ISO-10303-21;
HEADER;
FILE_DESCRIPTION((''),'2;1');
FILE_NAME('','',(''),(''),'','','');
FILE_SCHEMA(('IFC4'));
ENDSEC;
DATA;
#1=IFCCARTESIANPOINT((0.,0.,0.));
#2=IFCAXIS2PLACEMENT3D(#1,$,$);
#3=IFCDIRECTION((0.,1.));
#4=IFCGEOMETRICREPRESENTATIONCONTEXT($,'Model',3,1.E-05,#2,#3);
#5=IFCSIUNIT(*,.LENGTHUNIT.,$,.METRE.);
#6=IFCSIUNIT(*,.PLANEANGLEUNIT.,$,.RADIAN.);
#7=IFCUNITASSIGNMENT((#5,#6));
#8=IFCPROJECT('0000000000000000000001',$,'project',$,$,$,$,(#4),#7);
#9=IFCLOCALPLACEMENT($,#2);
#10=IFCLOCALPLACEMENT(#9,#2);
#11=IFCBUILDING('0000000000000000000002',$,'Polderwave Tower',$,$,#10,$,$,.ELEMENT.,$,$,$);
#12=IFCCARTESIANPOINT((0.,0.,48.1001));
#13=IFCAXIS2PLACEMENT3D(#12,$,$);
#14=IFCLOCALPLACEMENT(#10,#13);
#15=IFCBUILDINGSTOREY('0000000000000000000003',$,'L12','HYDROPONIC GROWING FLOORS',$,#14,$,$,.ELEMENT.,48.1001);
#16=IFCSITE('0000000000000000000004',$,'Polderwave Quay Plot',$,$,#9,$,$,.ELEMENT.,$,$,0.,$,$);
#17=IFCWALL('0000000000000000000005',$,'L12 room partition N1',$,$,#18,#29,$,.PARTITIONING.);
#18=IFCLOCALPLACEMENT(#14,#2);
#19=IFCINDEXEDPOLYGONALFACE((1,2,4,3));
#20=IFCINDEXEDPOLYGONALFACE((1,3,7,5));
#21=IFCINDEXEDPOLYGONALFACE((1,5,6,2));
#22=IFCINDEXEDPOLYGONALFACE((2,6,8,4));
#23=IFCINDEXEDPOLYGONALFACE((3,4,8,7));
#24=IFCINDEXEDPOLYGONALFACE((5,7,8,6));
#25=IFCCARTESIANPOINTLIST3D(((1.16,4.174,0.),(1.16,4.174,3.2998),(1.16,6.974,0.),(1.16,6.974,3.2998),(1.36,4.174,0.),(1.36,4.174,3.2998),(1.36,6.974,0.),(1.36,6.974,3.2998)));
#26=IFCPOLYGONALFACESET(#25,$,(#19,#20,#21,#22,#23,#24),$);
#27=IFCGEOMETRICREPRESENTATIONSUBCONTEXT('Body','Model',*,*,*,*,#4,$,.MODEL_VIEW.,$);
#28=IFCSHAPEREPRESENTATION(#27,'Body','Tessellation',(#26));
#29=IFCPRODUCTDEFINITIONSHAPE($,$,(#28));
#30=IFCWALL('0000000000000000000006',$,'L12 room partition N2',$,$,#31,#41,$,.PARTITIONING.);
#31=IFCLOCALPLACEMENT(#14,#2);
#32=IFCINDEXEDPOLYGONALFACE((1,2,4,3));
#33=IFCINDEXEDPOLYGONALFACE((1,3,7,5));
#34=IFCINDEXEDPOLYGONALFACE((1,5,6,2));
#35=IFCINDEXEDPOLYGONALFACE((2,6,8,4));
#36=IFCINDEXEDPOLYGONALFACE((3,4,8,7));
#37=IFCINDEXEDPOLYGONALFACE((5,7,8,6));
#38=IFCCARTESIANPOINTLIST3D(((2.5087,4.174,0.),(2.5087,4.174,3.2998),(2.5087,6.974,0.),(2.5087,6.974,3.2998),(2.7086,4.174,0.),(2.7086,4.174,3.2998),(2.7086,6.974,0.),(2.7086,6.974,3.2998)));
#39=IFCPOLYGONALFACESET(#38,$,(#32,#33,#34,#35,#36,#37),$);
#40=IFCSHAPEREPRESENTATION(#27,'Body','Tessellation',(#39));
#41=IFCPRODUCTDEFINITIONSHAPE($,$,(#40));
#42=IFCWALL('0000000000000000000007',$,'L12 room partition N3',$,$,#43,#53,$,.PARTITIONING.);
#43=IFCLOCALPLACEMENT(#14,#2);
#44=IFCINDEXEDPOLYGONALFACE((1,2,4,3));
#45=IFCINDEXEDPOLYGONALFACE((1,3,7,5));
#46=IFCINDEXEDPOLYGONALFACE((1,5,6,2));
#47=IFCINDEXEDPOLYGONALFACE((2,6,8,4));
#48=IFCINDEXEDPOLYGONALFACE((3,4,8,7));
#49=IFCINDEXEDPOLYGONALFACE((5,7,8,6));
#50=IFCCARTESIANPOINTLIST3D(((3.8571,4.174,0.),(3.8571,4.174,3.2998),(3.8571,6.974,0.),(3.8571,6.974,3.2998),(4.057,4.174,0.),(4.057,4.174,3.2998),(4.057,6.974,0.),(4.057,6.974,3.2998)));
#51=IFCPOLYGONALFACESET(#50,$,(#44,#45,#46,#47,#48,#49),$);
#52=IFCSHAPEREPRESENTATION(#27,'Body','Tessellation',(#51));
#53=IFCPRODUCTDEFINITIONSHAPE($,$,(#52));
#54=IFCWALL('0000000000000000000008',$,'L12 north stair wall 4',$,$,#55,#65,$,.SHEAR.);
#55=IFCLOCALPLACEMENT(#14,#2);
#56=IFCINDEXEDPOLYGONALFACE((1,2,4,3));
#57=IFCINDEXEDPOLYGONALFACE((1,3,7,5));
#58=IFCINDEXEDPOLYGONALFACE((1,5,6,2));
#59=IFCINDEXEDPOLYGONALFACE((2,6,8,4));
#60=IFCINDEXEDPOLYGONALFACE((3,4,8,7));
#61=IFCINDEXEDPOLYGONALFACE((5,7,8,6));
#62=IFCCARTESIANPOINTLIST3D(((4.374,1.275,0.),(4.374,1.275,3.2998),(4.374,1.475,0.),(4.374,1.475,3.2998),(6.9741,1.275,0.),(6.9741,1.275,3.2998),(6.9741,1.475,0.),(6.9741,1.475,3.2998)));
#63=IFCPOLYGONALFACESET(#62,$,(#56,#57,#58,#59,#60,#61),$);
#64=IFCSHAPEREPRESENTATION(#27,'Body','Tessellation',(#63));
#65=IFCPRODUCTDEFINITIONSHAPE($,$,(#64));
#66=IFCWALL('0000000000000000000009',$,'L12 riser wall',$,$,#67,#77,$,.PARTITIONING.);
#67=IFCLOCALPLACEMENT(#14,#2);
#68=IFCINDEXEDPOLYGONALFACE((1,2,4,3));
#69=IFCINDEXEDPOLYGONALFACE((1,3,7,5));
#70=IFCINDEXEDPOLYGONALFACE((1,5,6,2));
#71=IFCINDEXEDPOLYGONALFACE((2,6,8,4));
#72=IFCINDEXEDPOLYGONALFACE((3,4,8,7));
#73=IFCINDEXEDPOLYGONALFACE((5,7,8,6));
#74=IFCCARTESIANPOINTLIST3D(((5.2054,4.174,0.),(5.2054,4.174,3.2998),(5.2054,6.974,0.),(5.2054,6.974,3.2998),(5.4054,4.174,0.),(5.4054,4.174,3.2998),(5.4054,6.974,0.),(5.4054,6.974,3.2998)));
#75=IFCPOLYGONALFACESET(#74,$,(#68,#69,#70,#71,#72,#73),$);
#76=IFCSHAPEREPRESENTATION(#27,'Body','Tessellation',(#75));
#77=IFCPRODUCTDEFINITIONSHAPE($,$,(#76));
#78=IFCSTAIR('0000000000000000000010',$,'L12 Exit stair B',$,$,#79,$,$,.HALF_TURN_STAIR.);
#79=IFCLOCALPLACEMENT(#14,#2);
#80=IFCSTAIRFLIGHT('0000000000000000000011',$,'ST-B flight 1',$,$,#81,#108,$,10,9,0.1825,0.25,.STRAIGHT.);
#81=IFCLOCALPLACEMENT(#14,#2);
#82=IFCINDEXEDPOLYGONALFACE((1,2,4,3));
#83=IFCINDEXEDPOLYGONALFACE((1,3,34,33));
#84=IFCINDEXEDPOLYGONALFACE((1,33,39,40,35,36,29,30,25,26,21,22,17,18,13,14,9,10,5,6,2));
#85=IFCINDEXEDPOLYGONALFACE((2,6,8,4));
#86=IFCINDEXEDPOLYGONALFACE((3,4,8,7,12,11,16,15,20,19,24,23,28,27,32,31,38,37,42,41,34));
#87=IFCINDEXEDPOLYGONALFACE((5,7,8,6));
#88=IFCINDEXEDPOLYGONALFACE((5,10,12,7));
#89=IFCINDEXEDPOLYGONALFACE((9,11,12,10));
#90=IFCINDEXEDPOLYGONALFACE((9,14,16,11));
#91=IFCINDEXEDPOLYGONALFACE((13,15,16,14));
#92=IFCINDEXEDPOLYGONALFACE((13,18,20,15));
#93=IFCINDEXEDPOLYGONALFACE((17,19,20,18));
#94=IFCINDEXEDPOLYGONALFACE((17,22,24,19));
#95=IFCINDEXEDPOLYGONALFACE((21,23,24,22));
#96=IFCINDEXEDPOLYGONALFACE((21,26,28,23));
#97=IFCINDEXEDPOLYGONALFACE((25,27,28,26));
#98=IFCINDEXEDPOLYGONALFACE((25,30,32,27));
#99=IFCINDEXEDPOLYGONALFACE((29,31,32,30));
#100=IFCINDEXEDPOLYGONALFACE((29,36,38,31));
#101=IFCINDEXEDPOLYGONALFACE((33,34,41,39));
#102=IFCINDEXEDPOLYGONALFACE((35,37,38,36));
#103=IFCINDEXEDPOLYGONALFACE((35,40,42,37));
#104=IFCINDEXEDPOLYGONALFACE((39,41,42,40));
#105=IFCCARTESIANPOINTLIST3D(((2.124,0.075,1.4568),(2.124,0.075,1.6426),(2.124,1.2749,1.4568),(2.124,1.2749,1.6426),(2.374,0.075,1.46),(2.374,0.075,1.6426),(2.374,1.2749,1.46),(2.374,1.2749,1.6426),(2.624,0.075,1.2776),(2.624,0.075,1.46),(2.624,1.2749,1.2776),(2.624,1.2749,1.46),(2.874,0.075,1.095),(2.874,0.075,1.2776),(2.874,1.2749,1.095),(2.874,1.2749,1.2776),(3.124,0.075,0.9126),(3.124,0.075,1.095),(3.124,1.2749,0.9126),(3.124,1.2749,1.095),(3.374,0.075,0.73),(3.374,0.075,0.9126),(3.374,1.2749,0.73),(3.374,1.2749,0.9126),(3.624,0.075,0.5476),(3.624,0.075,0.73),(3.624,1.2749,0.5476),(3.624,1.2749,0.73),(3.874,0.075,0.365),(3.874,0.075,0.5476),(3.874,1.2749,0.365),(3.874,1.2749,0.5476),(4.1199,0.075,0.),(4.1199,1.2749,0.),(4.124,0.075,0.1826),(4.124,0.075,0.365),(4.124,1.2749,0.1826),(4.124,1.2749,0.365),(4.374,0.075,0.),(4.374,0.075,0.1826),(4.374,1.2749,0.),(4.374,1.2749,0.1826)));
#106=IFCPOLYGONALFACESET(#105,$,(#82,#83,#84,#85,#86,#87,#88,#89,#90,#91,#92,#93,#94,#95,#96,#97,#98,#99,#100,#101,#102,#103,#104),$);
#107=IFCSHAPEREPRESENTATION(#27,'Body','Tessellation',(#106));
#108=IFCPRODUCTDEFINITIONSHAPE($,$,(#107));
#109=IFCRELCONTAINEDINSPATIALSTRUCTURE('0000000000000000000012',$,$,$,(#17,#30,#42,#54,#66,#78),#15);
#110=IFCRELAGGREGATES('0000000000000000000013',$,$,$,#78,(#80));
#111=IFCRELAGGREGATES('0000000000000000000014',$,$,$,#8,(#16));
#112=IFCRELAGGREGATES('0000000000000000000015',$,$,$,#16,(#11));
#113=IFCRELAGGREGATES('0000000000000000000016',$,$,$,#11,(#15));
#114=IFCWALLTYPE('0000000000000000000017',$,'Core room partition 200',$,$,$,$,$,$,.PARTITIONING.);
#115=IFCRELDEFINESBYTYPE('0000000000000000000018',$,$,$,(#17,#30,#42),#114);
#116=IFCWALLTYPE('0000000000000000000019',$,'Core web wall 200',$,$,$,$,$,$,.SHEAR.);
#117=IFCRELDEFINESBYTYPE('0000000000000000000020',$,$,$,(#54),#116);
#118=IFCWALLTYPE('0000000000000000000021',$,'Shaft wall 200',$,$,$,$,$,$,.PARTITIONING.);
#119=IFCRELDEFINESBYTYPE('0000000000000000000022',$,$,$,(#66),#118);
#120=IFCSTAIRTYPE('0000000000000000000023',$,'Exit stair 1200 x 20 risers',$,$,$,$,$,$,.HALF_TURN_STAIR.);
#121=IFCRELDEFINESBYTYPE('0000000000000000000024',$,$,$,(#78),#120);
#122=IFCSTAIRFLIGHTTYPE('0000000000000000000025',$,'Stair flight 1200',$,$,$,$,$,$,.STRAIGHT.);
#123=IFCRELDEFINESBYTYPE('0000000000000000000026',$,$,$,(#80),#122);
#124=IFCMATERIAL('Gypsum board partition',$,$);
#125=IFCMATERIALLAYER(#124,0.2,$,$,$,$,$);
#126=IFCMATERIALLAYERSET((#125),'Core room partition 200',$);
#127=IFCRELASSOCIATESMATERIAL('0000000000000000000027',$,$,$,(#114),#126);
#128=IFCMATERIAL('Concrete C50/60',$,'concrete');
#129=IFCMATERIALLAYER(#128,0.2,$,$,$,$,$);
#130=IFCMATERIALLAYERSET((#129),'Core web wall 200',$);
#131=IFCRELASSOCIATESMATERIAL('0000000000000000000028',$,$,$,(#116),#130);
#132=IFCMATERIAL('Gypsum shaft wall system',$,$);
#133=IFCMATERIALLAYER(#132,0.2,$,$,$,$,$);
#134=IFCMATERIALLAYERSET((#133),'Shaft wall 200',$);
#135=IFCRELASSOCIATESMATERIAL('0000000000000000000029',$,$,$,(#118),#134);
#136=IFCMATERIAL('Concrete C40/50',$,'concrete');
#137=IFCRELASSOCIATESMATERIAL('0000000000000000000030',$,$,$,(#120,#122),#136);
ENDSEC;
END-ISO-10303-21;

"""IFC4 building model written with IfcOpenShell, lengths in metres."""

from ifc_helpers import new_model, si_unit, direction, frame, frame_2d, origin, place, context, subcontext, project, spatial, polyline, rectangle, outline, extrude, material, layer, layer_set, type_object, element, aggregate, save


model = new_model("IFC4")

# Units and contexts
model_context = context("Model", 3, precision=1e-05, world=origin(), true_north=direction((0.0, 1.0)))
body_context = subcontext(model_context, "Body", "Model", "MODEL_VIEW")
ifc_project = project(units=[si_unit("LENGTHUNIT", "METRE"), si_unit("PLANEANGLEUNIT", "RADIAN")], contexts=[model_context])

# Site, building, storey
site_placement = place(None, origin())
site = spatial("IfcSite", under=ifc_project, at=site_placement, Name="Polderwave Quay Plot", CompositionType="ELEMENT", RefElevation=0.0)
building_placement = place(site_placement, origin())
building = spatial("IfcBuilding", under=site, at=building_placement, Name="Polderwave Tower", CompositionType="ELEMENT")
storey_placement = place(building_placement, frame((0.0, 0.0, 48.1001)))
storey = spatial("IfcBuildingStorey", under=building, at=storey_placement, Name="L12", Description="HYDROPONIC GROWING FLOORS", CompositionType="ELEMENT", Elevation=48.1001)

# Walls
ifc_material_1 = material(Name="Gypsum board partition")
ifc_layer_1 = layer(ifc_material_1, 0.2)
ifc_layer_set_1 = layer_set([ifc_layer_1], Name="Core room partition 200")
wall_type_1 = type_object("IfcWallType", Name="Core room partition 200", PredefinedType="PARTITIONING", material=ifc_layer_set_1)
for number, where, z_axis, x_axis, name in (
    (1, (1.26, 4.1741, 0.0), (0.0, 0.0, 1.0), (0.0, 1.0, 0.0), "L12 room partition N1"),
    (2, (2.6086, 4.1741, 0.0), (0.0, 0.0, 1.0), (0.0, 1.0, 0.0), "L12 room partition N2"),
    (3, (3.957, 4.1741, 0.0), (0.0, 0.0, 1.0), (0.0, 1.0, 0.0), "L12 room partition N3"),
):
    element("IfcWall", number, at=place(storey_placement, frame(where, z_axis=z_axis, x_axis=x_axis)), inside=storey, type_object=wall_type_1, Name=name, PredefinedType="PARTITIONING", context=body_context, shape_type="SweptSolid", body=[
        extrude(rectangle(XDim=2.8, YDim=0.2, at=frame_2d((1.3999, 0.0))), origin(), (0.0, 0.0, 1.0), 3.2998),
    ])
ifc_material_2 = material(Name="Concrete C50/60", Category="concrete")
ifc_layer_2 = layer(ifc_material_2, 0.2)
ifc_layer_set_2 = layer_set([ifc_layer_2], Name="Core web wall 200")
wall_type_2 = type_object("IfcWallType", Name="Core web wall 200", PredefinedType="SHEAR", material=ifc_layer_set_2)
wall_1_placement = place(storey_placement, frame((4.374, 1.375, 0.0), z_axis=(0.0, 0.0, 1.0), x_axis=(1.0, 0.0, 0.0)))
element("IfcWall", 4, at=wall_1_placement, inside=storey, type_object=wall_type_2, Name="L12 north stair wall 4", PredefinedType="SHEAR", context=body_context, shape_type="SweptSolid", body=[
    extrude(rectangle(XDim=2.6001, YDim=0.2, at=frame_2d((1.3, 0.0))), origin(), (0.0, 0.0, 1.0), 3.2998),
])
ifc_material_3 = material(Name="Gypsum shaft wall system")
ifc_layer_3 = layer(ifc_material_3, 0.2)
ifc_layer_set_3 = layer_set([ifc_layer_3], Name="Shaft wall 200")
wall_type_3 = type_object("IfcWallType", Name="Shaft wall 200", PredefinedType="PARTITIONING", material=ifc_layer_set_3)
wall_2_placement = place(storey_placement, frame((5.3054, 4.1741, 0.0), z_axis=(0.0, 0.0, 1.0), x_axis=(0.0, 1.0, 0.0)))
element("IfcWall", 5, at=wall_2_placement, inside=storey, type_object=wall_type_3, Name="L12 riser wall", PredefinedType="PARTITIONING", context=body_context, shape_type="SweptSolid", body=[
    extrude(rectangle(XDim=2.8, YDim=0.2, at=frame_2d((1.3999, 0.0))), origin(), (0.0, 0.0, 1.0), 3.2998),
])

# Stair, stair flight
ifc_material_4 = material(Name="Concrete C40/50", Category="concrete")
stair_type = type_object("IfcStairType", Name="Exit stair 1200 x 20 risers", PredefinedType="HALF_TURN_STAIR", material=ifc_material_4)
stair_placement = place(storey_placement, origin())
stair = element("IfcStair", 6, at=stair_placement, inside=storey, type_object=stair_type, Name="L12 Exit stair B", PredefinedType="HALF_TURN_STAIR")
stair_flight_type = type_object("IfcStairFlightType", Name="Stair flight 1200", PredefinedType="STRAIGHT", material=ifc_material_4)
stair_flight_placement = place(storey_placement, frame((4.374, 0.675, 0.0), z_axis=(0.0, 0.0, 1.0), x_axis=(-1.0, 0.0, 0.0)))
stair_flight = element("IfcStairFlight", 7, at=stair_flight_placement, type_object=stair_flight_type, Name="ST-B flight 1", NumberOfRisers=10, NumberOfTreads=9, PredefinedType="STRAIGHT", RiserHeight=0.1825, TreadLength=0.25, context=body_context, shape_type="SweptSolid", body=[
    extrude(outline(polyline([(0.0, 0.0), (0.0, 0.1826), (0.25, 0.1826), (0.25, 0.365), (0.5, 0.365), (0.5, 0.5476), (0.75, 0.5476), (0.75, 0.73), (1.0, 0.73), (1.0, 0.9126), (1.25, 0.9126), (1.25, 1.095), (1.5, 1.095), (1.5, 1.2776), (1.75, 1.2776), (1.75, 1.46), (2.0, 1.46), (2.0, 1.6426), (2.25, 1.6426), (2.25, 1.825), (2.25, 1.4568), (0.2542, 0.0), (0.0, 0.0)])), frame((0.0, 0.6001, 0.0), z_axis=(0.0, -1.0, 0.0), x_axis=(1.0, 0.0, 0.0)), (0.0, 0.0, 1.0), 1.2),
])
aggregate(stair, [stair_flight])

save(model, "model.ifc")
